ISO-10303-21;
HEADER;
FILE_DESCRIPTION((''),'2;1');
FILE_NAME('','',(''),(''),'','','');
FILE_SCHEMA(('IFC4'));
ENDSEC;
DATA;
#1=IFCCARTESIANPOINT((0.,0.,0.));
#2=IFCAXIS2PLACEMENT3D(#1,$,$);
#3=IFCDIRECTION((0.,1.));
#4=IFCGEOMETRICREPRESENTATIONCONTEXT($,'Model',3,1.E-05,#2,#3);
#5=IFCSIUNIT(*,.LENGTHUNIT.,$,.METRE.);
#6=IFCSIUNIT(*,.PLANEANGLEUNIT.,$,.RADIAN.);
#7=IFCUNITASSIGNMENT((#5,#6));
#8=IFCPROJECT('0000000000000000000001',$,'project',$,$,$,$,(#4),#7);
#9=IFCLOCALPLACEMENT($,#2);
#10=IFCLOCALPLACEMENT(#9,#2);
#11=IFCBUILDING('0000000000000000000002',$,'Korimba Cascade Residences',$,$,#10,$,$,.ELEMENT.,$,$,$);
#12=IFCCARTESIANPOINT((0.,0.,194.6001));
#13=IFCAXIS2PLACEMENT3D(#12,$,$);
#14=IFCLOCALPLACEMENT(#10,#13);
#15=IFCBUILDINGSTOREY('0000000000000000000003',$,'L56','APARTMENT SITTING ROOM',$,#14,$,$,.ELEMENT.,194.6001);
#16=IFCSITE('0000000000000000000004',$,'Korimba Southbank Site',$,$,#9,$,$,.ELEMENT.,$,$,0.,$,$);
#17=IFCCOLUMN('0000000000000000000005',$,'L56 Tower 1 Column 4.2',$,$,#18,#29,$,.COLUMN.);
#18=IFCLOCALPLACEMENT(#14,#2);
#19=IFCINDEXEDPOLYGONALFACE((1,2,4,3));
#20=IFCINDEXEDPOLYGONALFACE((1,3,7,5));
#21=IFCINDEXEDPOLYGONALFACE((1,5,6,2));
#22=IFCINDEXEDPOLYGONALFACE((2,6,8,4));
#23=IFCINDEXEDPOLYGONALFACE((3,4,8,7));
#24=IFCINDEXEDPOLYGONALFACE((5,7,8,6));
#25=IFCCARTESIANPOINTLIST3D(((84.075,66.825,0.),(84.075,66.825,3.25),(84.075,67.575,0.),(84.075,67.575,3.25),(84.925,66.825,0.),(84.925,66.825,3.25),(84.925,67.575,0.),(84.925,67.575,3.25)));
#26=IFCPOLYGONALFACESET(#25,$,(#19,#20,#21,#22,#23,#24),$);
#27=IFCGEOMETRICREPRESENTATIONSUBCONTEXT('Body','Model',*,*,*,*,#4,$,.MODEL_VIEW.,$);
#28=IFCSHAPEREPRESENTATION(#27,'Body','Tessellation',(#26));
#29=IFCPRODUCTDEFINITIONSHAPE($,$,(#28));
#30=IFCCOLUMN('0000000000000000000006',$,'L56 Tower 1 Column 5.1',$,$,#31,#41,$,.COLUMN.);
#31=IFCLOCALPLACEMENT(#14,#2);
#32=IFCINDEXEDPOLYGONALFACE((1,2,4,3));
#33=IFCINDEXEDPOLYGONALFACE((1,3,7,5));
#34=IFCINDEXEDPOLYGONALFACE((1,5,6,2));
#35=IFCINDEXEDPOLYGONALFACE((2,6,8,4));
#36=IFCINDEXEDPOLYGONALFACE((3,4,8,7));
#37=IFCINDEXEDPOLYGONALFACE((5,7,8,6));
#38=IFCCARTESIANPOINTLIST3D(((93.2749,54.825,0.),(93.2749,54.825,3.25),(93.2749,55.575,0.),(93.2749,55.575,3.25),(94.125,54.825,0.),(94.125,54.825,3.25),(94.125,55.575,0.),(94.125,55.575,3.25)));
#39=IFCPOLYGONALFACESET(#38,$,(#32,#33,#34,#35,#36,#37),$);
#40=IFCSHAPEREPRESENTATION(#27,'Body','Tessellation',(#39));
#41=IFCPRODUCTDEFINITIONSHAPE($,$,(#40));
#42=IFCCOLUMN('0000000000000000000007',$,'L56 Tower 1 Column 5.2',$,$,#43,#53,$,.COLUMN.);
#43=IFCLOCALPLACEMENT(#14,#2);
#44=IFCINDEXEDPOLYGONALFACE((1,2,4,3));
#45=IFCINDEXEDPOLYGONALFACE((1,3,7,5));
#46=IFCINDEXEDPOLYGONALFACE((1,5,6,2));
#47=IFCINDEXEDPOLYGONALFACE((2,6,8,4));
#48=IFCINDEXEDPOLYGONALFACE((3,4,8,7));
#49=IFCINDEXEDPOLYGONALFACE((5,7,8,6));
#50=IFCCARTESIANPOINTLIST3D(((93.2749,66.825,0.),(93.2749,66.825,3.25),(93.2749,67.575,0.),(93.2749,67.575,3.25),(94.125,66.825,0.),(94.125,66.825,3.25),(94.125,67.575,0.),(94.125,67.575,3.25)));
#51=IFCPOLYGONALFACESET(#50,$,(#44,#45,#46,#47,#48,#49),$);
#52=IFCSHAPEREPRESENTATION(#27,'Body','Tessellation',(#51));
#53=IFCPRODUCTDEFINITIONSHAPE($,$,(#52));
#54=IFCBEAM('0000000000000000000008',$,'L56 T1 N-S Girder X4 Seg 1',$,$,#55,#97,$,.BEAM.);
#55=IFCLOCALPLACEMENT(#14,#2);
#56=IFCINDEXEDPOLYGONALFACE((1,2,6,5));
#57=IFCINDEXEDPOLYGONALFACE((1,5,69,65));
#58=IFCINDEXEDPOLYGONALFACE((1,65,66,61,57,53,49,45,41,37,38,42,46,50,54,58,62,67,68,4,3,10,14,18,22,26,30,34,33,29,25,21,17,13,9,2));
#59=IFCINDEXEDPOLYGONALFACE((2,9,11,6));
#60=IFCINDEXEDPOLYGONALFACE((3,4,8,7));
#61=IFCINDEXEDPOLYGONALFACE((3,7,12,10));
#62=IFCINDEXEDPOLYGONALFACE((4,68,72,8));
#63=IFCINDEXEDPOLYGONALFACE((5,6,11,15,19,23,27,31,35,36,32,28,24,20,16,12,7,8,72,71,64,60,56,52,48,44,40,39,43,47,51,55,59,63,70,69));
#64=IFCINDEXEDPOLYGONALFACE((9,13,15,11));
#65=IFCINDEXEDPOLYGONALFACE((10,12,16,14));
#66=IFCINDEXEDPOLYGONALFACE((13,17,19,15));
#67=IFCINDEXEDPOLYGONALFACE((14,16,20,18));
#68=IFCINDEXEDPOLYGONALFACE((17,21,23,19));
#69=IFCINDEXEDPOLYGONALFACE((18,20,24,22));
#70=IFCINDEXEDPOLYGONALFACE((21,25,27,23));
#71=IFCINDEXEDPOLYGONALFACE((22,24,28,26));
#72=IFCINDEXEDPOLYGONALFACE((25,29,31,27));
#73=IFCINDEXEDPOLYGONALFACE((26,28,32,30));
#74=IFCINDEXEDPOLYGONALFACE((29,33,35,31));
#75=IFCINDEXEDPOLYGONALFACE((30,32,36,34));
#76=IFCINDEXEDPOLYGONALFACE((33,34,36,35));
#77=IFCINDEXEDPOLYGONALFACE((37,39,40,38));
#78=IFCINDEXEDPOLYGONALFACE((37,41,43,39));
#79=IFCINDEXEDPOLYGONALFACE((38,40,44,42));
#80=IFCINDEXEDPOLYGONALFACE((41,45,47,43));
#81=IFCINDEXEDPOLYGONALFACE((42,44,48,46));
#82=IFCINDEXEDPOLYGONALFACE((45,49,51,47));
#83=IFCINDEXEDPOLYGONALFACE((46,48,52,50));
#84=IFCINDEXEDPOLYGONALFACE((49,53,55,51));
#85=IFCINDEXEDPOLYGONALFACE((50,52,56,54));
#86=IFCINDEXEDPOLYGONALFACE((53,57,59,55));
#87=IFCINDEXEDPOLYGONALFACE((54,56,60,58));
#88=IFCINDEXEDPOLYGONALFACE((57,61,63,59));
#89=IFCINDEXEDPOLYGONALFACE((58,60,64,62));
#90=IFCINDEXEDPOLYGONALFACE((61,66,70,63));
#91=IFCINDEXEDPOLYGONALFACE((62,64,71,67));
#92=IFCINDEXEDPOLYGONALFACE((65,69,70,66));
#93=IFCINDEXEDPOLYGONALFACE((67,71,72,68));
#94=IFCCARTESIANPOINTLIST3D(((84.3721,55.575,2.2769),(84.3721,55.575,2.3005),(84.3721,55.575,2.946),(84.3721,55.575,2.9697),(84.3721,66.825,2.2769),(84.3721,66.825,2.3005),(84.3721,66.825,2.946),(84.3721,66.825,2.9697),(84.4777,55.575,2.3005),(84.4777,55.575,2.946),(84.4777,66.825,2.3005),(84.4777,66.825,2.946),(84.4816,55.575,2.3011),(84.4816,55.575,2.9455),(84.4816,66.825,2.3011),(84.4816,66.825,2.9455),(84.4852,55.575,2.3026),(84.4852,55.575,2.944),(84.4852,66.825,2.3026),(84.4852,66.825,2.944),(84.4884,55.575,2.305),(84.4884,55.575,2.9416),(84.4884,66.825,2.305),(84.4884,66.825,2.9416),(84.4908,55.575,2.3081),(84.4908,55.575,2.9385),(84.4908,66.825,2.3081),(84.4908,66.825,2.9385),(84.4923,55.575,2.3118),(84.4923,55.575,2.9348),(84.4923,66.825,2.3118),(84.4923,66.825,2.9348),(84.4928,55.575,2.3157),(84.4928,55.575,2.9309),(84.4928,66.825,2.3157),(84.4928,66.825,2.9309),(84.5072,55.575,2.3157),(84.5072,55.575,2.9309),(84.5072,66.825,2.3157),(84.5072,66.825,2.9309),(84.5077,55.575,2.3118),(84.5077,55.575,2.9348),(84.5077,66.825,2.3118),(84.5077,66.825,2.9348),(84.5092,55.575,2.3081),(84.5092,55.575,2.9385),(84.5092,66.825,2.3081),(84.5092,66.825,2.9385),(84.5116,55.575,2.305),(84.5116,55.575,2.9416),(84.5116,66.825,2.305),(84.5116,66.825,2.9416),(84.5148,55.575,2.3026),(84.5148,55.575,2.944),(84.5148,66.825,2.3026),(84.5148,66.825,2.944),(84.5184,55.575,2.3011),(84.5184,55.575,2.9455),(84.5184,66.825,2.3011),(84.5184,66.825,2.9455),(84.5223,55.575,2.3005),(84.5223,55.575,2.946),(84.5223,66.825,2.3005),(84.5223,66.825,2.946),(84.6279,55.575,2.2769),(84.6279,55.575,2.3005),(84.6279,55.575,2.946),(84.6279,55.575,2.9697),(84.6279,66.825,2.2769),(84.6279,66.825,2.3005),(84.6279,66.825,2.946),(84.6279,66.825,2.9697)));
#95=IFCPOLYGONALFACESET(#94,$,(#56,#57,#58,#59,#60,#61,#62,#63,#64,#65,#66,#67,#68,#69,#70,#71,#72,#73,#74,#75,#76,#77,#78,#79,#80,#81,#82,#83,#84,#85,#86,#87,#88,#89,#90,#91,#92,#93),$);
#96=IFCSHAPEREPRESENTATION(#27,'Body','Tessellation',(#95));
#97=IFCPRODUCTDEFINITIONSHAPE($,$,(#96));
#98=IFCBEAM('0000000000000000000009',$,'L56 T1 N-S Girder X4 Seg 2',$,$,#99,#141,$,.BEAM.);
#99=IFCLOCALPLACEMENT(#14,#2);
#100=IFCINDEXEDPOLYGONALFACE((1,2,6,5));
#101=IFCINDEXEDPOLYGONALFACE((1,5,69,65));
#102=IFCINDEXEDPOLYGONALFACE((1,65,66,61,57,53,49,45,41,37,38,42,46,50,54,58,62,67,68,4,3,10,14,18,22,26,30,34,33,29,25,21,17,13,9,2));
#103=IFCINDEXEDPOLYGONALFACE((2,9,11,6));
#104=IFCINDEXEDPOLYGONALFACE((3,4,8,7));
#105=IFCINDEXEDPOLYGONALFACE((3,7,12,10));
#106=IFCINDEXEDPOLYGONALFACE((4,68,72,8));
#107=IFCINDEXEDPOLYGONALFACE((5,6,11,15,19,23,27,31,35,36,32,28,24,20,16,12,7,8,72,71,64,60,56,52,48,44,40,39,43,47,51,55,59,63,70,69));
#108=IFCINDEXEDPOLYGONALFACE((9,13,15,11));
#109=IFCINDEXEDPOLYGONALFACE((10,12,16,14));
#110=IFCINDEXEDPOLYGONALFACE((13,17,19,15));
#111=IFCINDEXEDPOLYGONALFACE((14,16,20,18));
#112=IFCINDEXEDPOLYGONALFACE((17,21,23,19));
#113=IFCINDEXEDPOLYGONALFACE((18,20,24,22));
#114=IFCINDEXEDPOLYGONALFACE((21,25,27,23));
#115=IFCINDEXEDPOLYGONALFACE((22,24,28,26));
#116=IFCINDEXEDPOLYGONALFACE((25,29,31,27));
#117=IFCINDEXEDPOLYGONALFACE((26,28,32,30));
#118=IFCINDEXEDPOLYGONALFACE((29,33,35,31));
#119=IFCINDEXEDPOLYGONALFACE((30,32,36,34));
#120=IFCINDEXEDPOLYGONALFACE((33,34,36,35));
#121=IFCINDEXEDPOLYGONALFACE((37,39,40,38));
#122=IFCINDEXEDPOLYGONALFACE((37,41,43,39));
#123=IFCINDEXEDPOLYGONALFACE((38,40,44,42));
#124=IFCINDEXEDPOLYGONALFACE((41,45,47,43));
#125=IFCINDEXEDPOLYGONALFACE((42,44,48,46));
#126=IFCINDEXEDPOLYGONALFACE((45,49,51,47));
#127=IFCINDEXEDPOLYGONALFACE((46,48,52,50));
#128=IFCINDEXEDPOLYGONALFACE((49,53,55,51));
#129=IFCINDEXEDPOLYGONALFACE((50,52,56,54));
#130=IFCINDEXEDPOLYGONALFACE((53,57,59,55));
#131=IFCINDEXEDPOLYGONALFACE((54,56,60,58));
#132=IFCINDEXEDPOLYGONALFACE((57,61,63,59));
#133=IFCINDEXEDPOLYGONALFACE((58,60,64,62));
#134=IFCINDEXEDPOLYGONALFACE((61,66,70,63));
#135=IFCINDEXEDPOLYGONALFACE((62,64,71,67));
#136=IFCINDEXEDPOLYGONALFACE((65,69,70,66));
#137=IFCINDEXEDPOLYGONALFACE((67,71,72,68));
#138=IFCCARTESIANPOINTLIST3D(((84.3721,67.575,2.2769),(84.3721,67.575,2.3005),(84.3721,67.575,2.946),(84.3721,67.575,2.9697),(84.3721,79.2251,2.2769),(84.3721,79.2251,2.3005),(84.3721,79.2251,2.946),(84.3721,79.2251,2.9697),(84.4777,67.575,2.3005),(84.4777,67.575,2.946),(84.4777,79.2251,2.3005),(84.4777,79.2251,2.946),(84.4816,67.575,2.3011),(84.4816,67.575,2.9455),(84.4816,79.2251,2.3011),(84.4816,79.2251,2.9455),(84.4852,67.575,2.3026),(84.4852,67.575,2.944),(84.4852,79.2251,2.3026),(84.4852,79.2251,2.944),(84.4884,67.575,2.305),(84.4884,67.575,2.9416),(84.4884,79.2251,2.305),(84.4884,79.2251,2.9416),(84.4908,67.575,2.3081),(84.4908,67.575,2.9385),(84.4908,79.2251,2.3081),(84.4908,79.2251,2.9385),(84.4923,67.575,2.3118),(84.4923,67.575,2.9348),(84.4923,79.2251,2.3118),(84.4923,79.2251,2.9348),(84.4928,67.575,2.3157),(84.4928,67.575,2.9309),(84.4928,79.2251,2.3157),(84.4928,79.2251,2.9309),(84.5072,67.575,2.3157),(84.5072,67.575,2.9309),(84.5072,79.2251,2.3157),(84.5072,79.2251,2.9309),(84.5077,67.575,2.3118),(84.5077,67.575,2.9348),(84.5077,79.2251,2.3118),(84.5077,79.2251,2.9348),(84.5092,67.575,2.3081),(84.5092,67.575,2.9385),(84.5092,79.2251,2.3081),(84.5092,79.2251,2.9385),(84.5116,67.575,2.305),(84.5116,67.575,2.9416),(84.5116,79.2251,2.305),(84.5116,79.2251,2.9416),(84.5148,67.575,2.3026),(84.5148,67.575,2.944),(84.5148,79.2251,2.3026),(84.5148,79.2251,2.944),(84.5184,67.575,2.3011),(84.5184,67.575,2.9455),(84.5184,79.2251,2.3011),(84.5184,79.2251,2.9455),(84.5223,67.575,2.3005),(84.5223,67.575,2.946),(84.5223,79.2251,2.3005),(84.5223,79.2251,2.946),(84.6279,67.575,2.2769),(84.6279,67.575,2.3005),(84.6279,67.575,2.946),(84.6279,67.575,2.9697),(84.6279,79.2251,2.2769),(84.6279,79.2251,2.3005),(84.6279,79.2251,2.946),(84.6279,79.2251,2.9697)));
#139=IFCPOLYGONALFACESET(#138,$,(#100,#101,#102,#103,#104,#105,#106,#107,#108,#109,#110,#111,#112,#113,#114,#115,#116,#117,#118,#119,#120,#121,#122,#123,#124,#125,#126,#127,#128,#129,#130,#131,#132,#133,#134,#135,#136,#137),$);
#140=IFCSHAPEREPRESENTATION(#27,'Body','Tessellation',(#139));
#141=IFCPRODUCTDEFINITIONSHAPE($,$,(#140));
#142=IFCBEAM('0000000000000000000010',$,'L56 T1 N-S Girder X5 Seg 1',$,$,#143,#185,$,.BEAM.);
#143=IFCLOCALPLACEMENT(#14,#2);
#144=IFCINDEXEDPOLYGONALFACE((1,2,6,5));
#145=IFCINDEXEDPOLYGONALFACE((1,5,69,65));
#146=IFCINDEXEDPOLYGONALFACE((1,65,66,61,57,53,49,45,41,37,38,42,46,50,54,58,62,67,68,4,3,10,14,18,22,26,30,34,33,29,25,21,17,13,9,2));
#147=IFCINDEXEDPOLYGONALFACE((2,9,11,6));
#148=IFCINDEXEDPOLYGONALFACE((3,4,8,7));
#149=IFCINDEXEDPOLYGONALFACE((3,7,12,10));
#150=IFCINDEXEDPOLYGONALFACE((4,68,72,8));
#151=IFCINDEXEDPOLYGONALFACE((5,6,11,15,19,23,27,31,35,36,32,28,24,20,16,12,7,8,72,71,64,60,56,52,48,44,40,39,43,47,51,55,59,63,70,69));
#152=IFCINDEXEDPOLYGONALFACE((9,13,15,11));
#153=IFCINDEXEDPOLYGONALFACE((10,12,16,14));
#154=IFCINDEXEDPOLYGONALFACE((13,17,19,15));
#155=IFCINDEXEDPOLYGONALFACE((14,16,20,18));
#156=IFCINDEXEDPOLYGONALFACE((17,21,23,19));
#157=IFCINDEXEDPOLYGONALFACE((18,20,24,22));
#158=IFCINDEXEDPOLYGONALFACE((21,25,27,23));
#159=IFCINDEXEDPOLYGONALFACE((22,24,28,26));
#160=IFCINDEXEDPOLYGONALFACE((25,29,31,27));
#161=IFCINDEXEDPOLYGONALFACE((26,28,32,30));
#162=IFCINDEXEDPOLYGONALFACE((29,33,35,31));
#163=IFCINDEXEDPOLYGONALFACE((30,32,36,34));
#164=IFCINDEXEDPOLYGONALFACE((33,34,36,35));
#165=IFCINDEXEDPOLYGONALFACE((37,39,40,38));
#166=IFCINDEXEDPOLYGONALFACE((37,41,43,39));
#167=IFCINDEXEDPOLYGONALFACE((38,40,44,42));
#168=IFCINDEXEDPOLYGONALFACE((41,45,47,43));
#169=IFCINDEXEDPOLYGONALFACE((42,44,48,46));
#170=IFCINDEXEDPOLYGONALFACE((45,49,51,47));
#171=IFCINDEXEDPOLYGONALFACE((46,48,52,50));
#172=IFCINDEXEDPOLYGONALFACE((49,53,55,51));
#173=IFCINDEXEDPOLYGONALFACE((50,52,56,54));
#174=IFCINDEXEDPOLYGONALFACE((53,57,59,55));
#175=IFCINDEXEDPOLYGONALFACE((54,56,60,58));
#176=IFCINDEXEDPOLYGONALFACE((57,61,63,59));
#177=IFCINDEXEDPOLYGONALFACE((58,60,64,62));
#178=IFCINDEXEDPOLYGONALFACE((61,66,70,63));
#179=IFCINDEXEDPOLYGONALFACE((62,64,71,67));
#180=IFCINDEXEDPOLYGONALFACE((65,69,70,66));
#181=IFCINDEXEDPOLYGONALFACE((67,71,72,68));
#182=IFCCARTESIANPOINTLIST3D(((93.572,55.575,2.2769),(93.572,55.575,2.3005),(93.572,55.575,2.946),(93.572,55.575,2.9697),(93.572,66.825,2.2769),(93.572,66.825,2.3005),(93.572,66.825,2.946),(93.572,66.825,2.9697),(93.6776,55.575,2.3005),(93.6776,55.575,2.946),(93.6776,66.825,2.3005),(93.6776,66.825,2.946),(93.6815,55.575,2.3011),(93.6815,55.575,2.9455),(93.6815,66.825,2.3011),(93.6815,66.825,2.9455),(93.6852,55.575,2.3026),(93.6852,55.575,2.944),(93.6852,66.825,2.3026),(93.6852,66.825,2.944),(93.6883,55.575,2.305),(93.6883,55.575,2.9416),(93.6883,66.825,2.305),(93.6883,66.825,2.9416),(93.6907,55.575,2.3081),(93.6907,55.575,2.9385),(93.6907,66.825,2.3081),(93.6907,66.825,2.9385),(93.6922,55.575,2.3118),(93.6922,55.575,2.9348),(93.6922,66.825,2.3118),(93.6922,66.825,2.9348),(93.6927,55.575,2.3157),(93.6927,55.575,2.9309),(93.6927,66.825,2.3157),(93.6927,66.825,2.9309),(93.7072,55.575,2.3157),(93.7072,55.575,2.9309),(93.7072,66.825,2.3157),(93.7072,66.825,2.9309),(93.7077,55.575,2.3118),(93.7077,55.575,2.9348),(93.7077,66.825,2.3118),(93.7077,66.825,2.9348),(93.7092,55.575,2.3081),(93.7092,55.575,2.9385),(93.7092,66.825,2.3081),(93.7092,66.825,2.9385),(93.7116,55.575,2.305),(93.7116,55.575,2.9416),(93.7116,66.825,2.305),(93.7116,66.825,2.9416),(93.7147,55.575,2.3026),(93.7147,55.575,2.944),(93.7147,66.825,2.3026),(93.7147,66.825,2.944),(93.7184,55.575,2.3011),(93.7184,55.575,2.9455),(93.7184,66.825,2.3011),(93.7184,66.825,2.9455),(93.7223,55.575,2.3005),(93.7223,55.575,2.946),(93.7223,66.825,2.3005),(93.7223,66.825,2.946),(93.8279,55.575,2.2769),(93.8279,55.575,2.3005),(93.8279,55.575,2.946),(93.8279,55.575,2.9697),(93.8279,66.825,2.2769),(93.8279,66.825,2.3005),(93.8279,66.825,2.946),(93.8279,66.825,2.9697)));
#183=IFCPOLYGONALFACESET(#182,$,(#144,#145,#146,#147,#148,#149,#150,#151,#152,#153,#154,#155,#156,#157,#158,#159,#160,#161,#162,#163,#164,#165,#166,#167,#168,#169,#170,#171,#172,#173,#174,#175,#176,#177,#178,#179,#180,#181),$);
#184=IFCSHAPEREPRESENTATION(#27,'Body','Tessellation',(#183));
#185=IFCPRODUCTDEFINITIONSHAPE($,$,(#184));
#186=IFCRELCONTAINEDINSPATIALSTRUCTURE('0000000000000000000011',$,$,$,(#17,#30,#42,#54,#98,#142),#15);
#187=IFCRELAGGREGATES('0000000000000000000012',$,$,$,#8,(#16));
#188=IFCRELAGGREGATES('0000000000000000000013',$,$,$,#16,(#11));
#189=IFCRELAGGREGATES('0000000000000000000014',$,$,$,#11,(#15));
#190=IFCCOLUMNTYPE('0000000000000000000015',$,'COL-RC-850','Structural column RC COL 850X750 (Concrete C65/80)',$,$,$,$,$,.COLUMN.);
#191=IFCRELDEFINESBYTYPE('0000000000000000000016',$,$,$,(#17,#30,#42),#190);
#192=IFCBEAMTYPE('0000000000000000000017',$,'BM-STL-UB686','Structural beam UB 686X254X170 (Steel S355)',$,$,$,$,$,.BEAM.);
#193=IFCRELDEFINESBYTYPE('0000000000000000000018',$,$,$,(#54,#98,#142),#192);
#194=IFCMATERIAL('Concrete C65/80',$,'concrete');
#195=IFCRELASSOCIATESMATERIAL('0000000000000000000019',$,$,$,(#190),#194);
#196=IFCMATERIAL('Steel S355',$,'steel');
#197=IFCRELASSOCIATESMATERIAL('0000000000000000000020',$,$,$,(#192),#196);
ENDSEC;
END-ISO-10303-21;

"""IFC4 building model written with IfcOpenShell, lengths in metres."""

from ifc_helpers import new_model, si_unit, direction, frame, origin, origin_2d, place, context, subcontext, project, spatial, rectangle, i_section, extrude, material, material_profile, profile_set, type_object, element, save


model = new_model("IFC4")

# Units and contexts
model_context = context("Model", 3, precision=1e-05, world=origin(), true_north=direction((0.0, 1.0)))
body_context = subcontext(model_context, "Body", "Model", "MODEL_VIEW")
ifc_project = project(units=[si_unit("LENGTHUNIT", "METRE"), si_unit("PLANEANGLEUNIT", "RADIAN")], contexts=[model_context])

# Site, building, storey
site_placement = place(None, origin())
site = spatial("IfcSite", under=ifc_project, at=site_placement, Name="Korimba Southbank Site", CompositionType="ELEMENT", RefElevation=0.0)
building_placement = place(site_placement, origin())
building = spatial("IfcBuilding", under=site, at=building_placement, Name="Korimba Cascade Residences", CompositionType="ELEMENT")
storey_placement = place(building_placement, frame((0.0, 0.0, 194.6001)))
storey = spatial("IfcBuildingStorey", under=building, at=storey_placement, Name="L56", Description="APARTMENT SITTING ROOM", CompositionType="ELEMENT", Elevation=194.6001)

# Columns
ifc_material_1 = material(Name="Concrete C65/80", Category="concrete")
ifc_material_profile_1 = material_profile(ifc_material_1, rectangle(XDim=0.8501, YDim=0.75, at=origin_2d()), Name="Concrete C65/80")
ifc_profile_set_1 = profile_set([ifc_material_profile_1], Name="Concrete C65/80")
column_type = type_object("IfcColumnType", Name="COL-RC-850", Description="Structural column RC COL 850X750 (Concrete C65/80)", PredefinedType="COLUMN", material=ifc_profile_set_1)
for number, where, z_axis, x_axis, name in (
    (1, (84.5, 67.2, 0.0), (0.0, 0.0, 1.0), (1.0, 0.0, 0.0), "L56 Tower 1 Column 4.2"),
    (2, (93.7, 55.2, 0.0), (0.0, 0.0, 1.0), (1.0, 0.0, 0.0), "L56 Tower 1 Column 5.1"),
    (3, (93.7, 67.2, 0.0), (0.0, 0.0, 1.0), (1.0, 0.0, 0.0), "L56 Tower 1 Column 5.2"),
):
    element("IfcColumn", number, at=place(storey_placement, frame(where, z_axis=z_axis, x_axis=x_axis)), inside=storey, type_object=column_type, Name=name, PredefinedType="COLUMN", context=body_context, shape_type="SweptSolid", body=[
        extrude(rectangle(XDim=0.8501, YDim=0.75, at=origin_2d()), origin(), (0.0, 0.0, 1.0), 3.25),
    ])

# Beams
ifc_material_2 = material(Name="Steel S355", Category="steel")
ifc_material_profile_2 = material_profile(ifc_material_2, i_section(OverallWidth=0.2559, OverallDepth=0.6929, WebThickness=0.0144, FlangeThickness=0.0237, FilletRadius=0.0151, at=origin_2d()), Name="Steel S355")
ifc_profile_set_2 = profile_set([ifc_material_profile_2], Name="Steel S355")
beam_type = type_object("IfcBeamType", Name="BM-STL-UB686", Description="Structural beam UB 686X254X170 (Steel S355)", PredefinedType="BEAM", material=ifc_profile_set_2)
beam_1_placement = place(storey_placement, frame((84.5, 55.575, 2.6233), z_axis=(0.0, 1.0, 0.0), x_axis=(-1.0, 0.0, 0.0)))
element("IfcBeam", 4, at=beam_1_placement, inside=storey, type_object=beam_type, Name="L56 T1 N-S Girder X4 Seg 1", PredefinedType="BEAM", context=body_context, shape_type="SweptSolid", body=[
    extrude(i_section(OverallWidth=0.2559, OverallDepth=0.6929, WebThickness=0.0144, FlangeThickness=0.0237, FilletRadius=0.0151, at=origin_2d()), origin(), (0.0, 0.0, 1.0), 11.25),
])
beam_2_placement = place(storey_placement, frame((84.5, 67.575, 2.6233), z_axis=(0.0, 1.0, 0.0), x_axis=(-1.0, 0.0, 0.0)))
element("IfcBeam", 5, at=beam_2_placement, inside=storey, type_object=beam_type, Name="L56 T1 N-S Girder X4 Seg 2", PredefinedType="BEAM", context=body_context, shape_type="SweptSolid", body=[
    extrude(i_section(OverallWidth=0.2559, OverallDepth=0.6929, WebThickness=0.0144, FlangeThickness=0.0237, FilletRadius=0.0151, at=origin_2d()), origin(), (0.0, 0.0, 1.0), 11.6501),
])
beam_3_placement = place(storey_placement, frame((93.7, 55.575, 2.6233), z_axis=(0.0, 1.0, 0.0), x_axis=(-1.0, 0.0, 0.0)))
element("IfcBeam", 6, at=beam_3_placement, inside=storey, type_object=beam_type, Name="L56 T1 N-S Girder X5 Seg 1", PredefinedType="BEAM", context=body_context, shape_type="SweptSolid", body=[
    extrude(i_section(OverallWidth=0.2559, OverallDepth=0.6929, WebThickness=0.0144, FlangeThickness=0.0237, FilletRadius=0.0151, at=origin_2d()), origin(), (0.0, 0.0, 1.0), 11.25),
])

save(model, "model.ifc")
